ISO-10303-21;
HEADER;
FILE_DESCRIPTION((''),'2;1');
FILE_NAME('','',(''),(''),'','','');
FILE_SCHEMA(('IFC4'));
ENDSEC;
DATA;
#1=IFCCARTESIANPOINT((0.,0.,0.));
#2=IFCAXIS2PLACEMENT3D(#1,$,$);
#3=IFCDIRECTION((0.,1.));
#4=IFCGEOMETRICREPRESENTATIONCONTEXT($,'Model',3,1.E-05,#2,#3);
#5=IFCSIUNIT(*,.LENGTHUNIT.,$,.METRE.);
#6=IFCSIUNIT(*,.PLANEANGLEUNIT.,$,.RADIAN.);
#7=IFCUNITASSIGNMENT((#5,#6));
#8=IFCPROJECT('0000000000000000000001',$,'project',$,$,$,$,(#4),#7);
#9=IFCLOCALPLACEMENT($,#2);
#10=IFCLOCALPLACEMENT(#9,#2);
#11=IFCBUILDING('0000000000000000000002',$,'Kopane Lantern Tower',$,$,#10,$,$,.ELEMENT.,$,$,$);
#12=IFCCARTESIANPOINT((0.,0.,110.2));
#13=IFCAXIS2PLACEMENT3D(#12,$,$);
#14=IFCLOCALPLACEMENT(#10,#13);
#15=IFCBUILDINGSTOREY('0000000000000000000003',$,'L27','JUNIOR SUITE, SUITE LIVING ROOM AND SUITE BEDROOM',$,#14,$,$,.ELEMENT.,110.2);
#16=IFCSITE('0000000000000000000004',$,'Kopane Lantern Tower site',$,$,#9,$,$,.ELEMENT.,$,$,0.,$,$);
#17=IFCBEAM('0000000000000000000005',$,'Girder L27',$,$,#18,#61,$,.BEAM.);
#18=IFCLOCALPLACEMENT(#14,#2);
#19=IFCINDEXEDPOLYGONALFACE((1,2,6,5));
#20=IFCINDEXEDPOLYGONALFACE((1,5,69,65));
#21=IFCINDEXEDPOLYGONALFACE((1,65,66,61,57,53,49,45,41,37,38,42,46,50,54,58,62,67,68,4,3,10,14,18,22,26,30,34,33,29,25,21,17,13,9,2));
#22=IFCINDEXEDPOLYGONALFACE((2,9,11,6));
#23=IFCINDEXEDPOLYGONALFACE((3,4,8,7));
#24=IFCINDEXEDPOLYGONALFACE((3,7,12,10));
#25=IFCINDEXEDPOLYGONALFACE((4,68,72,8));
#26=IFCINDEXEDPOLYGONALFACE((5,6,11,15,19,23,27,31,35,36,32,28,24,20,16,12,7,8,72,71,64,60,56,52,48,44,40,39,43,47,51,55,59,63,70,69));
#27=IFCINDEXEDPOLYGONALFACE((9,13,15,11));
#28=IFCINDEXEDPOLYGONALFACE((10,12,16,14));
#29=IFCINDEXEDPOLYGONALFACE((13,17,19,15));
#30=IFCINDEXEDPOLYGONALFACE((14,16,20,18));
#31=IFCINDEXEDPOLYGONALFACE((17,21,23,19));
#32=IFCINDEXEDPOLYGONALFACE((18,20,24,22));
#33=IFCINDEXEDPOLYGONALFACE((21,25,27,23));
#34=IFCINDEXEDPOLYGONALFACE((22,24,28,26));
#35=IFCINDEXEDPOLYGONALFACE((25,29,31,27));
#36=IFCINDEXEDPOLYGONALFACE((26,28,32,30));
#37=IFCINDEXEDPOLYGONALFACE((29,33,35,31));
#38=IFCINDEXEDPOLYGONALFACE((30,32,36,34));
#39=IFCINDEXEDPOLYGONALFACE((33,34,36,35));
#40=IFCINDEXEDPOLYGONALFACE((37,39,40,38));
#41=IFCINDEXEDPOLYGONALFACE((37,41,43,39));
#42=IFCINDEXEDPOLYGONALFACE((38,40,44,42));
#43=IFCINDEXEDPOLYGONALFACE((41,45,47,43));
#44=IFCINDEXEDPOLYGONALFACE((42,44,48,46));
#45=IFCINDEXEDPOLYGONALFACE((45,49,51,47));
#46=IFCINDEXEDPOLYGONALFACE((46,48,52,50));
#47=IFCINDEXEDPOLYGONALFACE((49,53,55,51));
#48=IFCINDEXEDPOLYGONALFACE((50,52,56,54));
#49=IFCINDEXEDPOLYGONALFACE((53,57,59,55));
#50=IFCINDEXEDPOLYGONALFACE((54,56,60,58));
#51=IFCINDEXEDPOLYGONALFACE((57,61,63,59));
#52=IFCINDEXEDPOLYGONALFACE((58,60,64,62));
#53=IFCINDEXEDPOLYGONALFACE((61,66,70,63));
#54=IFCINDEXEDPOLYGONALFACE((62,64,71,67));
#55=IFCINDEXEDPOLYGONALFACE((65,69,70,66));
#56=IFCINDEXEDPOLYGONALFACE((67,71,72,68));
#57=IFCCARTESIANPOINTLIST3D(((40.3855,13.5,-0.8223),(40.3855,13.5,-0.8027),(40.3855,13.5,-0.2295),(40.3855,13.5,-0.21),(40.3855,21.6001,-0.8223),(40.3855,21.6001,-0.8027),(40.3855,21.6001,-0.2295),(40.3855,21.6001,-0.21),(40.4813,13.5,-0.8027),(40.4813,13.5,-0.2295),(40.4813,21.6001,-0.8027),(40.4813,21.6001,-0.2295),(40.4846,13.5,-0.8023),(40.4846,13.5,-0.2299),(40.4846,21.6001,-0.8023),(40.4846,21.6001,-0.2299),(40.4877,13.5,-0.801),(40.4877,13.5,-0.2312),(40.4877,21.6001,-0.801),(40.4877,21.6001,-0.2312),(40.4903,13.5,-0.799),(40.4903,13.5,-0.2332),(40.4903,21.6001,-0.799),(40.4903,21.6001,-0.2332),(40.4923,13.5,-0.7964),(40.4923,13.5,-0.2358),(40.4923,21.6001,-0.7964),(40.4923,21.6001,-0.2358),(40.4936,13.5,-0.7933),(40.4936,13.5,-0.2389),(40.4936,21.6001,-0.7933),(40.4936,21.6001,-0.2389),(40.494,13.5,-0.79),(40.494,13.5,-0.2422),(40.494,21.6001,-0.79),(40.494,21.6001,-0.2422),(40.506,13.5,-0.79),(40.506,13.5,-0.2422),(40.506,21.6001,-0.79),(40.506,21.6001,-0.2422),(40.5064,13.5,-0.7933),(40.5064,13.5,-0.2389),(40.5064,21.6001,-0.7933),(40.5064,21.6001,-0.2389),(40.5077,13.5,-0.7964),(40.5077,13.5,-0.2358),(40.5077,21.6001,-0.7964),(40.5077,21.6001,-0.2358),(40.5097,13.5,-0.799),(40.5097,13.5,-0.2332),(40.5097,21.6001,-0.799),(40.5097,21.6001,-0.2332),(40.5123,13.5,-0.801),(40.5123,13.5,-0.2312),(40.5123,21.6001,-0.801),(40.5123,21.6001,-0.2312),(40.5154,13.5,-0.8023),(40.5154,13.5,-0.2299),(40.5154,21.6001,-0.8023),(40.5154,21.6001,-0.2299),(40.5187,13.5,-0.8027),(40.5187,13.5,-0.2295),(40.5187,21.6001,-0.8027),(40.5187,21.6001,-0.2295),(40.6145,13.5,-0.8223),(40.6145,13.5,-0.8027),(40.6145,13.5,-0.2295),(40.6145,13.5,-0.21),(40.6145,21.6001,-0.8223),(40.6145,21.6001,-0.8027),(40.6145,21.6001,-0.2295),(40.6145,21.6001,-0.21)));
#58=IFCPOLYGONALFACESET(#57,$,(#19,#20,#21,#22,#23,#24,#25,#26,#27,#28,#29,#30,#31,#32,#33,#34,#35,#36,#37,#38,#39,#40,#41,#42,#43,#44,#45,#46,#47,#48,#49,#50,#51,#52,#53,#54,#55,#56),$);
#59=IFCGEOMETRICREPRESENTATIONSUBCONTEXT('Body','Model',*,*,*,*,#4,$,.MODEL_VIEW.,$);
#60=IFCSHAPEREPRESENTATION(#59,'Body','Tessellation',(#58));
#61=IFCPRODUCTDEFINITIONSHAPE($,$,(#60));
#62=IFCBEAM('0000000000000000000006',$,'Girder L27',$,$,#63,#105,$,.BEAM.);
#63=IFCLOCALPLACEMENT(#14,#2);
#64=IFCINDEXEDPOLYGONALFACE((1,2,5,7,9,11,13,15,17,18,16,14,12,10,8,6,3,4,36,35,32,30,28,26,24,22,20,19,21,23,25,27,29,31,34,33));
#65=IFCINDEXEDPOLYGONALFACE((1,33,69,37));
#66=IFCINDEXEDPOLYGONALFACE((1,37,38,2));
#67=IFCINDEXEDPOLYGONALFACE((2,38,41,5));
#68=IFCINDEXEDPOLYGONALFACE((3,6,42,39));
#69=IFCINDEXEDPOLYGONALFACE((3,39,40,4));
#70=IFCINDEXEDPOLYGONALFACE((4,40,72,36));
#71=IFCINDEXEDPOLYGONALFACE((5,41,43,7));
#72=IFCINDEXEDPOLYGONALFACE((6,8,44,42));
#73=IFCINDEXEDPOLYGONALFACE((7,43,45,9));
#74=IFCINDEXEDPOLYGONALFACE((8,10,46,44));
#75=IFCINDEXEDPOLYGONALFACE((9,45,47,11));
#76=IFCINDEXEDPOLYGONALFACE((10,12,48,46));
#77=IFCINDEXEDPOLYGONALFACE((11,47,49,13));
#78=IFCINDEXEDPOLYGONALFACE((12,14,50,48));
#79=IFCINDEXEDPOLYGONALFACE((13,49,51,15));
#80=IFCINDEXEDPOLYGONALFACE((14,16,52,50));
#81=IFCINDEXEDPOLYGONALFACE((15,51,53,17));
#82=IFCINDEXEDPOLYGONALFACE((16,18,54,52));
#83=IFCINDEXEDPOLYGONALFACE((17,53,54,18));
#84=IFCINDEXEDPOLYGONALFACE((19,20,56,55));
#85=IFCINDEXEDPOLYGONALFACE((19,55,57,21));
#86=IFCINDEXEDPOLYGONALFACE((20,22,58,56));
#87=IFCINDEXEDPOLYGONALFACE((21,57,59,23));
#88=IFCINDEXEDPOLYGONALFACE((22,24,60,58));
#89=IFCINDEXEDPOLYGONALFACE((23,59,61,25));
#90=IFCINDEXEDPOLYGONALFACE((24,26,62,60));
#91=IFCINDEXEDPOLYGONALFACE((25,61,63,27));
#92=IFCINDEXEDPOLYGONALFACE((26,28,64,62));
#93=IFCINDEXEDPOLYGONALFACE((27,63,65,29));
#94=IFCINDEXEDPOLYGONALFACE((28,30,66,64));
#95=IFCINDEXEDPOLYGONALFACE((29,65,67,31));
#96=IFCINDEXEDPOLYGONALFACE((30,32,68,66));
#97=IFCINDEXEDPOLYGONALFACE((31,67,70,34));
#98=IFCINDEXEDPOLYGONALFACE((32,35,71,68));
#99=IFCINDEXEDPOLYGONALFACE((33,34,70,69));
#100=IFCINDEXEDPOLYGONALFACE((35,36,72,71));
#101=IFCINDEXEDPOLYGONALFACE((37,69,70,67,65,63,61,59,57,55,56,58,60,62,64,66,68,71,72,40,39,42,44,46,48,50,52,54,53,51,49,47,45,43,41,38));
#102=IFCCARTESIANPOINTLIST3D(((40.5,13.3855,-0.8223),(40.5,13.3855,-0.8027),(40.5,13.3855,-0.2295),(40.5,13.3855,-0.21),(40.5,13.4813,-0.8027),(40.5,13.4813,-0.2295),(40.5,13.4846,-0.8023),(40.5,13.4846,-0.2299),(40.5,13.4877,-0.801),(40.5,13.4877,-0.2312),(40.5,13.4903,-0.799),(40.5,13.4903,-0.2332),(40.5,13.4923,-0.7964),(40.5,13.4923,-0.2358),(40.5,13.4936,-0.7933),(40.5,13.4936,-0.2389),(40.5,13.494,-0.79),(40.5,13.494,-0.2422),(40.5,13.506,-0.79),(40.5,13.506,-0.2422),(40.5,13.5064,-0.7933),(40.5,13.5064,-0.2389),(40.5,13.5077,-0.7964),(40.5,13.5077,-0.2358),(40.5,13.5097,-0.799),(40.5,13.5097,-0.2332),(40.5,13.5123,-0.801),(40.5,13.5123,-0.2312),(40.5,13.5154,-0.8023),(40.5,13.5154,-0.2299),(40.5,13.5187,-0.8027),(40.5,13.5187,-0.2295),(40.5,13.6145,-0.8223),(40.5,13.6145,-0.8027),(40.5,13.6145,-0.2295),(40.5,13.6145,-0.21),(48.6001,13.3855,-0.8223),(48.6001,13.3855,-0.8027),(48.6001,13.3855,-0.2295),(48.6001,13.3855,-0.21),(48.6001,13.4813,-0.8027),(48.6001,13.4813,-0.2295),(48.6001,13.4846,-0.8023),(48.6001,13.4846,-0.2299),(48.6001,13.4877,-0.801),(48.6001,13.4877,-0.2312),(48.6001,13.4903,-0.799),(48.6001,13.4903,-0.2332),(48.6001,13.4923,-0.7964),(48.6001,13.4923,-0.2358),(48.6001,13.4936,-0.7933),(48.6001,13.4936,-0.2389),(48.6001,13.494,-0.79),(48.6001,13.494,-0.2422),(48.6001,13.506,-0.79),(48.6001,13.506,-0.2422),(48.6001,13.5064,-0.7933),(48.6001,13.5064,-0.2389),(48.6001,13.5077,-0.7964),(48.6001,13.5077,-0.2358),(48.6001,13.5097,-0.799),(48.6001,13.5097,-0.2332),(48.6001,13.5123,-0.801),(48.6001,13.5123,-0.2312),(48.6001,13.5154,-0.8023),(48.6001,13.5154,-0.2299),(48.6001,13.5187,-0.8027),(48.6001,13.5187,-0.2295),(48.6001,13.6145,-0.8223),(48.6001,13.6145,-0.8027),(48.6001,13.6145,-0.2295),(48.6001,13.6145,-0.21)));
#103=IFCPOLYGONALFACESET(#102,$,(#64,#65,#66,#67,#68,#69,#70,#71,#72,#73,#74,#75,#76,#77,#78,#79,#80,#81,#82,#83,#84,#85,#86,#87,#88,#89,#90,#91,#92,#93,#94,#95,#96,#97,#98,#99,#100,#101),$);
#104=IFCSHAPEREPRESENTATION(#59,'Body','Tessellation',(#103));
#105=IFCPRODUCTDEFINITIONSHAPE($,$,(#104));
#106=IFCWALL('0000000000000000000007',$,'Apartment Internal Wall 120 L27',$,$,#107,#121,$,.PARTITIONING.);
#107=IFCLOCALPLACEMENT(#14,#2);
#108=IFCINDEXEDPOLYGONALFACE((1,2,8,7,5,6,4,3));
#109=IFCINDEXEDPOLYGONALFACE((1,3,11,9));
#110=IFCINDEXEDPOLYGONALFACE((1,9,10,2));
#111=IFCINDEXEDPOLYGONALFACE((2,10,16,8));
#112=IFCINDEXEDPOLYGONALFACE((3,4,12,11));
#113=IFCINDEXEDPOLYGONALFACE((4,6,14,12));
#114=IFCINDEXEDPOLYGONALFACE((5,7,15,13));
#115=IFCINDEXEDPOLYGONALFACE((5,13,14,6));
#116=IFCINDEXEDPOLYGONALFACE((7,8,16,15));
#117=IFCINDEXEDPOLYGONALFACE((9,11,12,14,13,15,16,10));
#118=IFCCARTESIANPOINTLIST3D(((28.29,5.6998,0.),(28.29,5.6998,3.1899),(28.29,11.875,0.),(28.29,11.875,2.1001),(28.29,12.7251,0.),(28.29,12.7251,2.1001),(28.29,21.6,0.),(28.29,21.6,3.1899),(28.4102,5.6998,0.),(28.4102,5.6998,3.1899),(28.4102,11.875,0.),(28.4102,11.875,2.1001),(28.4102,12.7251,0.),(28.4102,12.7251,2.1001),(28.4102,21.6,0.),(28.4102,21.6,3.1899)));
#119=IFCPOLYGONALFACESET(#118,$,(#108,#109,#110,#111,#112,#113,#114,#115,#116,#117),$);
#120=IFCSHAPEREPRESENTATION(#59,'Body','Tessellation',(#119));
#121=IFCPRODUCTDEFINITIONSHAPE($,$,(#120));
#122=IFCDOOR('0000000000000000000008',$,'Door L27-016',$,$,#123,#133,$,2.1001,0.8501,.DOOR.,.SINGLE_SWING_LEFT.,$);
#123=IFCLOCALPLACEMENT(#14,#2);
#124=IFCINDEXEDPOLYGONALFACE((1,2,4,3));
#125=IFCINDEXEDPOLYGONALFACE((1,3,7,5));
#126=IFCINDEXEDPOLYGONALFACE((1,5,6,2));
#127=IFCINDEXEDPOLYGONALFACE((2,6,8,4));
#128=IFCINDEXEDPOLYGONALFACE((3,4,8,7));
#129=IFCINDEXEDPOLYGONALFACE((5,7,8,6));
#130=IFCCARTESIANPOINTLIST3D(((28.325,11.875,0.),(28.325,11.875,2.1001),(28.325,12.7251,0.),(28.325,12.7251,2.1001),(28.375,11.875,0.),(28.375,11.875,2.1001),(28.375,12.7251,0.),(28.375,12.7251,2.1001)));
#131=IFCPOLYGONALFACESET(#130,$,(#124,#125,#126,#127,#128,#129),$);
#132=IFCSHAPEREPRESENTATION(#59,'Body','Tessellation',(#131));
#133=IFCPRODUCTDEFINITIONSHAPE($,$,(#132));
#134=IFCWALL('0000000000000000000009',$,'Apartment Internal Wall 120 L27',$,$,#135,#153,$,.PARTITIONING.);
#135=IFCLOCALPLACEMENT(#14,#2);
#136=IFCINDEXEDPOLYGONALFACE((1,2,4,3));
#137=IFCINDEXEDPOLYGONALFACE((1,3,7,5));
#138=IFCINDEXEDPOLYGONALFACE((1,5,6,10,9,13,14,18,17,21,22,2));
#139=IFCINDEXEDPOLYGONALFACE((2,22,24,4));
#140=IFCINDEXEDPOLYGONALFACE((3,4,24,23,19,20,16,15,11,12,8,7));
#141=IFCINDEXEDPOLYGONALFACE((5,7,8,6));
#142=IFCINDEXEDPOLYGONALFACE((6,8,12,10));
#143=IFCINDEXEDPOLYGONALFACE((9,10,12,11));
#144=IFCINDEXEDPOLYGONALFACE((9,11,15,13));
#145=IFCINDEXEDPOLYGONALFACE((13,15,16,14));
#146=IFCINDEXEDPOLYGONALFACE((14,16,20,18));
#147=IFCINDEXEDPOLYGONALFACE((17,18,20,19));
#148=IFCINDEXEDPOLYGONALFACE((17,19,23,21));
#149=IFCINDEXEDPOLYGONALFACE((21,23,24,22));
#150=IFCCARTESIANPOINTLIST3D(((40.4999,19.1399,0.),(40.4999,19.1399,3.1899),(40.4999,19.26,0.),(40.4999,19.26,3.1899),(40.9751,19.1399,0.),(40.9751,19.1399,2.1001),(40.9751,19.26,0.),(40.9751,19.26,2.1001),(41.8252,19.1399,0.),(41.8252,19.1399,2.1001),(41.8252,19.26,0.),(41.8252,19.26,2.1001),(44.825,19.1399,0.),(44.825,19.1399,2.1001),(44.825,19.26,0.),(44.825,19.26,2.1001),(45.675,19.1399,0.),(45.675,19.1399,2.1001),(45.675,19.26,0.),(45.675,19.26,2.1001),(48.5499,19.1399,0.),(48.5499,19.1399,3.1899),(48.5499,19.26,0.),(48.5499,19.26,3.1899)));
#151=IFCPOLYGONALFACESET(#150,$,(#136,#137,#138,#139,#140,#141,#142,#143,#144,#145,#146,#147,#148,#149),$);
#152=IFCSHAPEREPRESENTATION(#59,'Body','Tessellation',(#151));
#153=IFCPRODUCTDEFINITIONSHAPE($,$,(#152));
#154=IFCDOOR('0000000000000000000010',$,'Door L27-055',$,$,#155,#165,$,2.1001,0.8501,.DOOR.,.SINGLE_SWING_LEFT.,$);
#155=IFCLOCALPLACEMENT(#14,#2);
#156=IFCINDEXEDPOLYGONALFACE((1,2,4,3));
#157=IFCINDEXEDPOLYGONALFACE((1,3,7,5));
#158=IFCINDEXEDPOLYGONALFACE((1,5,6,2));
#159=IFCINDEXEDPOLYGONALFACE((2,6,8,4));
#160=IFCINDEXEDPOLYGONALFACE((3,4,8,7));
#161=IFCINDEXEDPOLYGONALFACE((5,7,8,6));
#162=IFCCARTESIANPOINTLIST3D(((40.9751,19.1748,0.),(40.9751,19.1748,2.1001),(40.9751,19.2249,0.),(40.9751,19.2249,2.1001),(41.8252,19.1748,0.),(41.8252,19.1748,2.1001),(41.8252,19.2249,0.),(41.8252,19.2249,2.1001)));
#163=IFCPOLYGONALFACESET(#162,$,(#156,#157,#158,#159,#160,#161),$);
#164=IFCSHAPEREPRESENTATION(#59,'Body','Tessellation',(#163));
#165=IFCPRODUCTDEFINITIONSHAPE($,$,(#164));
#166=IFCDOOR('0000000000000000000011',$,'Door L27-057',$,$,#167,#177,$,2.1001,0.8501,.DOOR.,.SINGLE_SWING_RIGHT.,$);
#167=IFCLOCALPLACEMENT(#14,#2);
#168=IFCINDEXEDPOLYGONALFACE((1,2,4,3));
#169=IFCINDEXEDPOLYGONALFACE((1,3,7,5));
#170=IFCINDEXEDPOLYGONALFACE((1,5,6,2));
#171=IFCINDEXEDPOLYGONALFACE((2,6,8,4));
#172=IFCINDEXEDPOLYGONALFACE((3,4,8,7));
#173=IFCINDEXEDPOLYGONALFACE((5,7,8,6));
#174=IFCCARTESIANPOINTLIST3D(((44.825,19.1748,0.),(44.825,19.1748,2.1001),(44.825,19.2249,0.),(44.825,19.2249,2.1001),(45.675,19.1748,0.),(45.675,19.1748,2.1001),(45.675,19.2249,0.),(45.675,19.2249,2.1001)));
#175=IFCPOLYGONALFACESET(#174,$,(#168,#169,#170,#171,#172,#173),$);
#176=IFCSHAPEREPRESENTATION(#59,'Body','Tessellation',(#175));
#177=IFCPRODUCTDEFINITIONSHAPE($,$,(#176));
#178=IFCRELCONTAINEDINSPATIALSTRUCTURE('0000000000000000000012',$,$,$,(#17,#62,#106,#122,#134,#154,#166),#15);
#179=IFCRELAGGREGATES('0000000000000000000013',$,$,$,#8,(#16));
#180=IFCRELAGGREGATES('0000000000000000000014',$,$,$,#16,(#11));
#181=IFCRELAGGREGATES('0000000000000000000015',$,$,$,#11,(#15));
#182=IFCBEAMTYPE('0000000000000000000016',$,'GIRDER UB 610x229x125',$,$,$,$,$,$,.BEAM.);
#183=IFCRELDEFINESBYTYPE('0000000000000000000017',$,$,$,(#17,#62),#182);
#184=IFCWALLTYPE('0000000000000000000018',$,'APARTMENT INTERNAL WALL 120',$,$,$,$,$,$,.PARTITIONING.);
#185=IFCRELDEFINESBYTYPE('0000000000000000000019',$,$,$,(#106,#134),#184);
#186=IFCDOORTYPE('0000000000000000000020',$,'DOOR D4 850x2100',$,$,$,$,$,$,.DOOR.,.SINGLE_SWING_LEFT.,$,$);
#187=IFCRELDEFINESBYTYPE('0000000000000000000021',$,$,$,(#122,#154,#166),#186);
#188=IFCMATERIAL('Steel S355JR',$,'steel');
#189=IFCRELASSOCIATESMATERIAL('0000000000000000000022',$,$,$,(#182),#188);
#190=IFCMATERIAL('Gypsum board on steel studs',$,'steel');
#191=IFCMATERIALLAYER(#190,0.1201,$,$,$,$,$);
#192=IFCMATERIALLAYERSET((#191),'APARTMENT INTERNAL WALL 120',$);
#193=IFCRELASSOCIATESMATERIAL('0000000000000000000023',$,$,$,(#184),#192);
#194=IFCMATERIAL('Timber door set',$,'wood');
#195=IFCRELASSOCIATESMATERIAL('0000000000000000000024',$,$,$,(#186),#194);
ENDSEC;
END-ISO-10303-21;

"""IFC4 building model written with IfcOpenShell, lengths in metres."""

from ifc_helpers import new_model, si_unit, direction, frame, frame_2d, origin, origin_2d, place, context, subcontext, project, spatial, rectangle, i_section, extrude, material, layer, layer_set, material_profile, profile_set, type_object, element, fill, save


model = new_model("IFC4")

# Units and contexts
model_context = context("Model", 3, precision=1e-05, world=origin(), true_north=direction((0.0, 1.0)))
body_context = subcontext(model_context, "Body", "Model", "MODEL_VIEW")
ifc_project = project(units=[si_unit("LENGTHUNIT", "METRE"), si_unit("PLANEANGLEUNIT", "RADIAN")], contexts=[model_context])

# Site, building, storey
site_placement = place(None, origin())
site = spatial("IfcSite", under=ifc_project, at=site_placement, Name="Kopane Lantern Tower site", CompositionType="ELEMENT", RefElevation=0.0)
building_placement = place(site_placement, origin())
building = spatial("IfcBuilding", under=site, at=building_placement, Name="Kopane Lantern Tower", CompositionType="ELEMENT")
storey_placement = place(building_placement, frame((0.0, 0.0, 110.2)))
storey = spatial("IfcBuildingStorey", under=building, at=storey_placement, Name="L27", Description="JUNIOR SUITE, SUITE LIVING ROOM AND SUITE BEDROOM", CompositionType="ELEMENT", Elevation=110.2)

# Beams
ifc_material_1 = material(Name="Steel S355JR", Category="steel")
ifc_material_profile_1 = material_profile(ifc_material_1, i_section(OverallWidth=0.229, OverallDepth=0.6123, WebThickness=0.012, FlangeThickness=0.0195, FilletRadius=0.0127, at=origin_2d()), Name="UB 610x229x125")
ifc_profile_set_1 = profile_set([ifc_material_profile_1], Name="Steel S355JR")
beam_type = type_object("IfcBeamType", Name="GIRDER UB 610x229x125", PredefinedType="BEAM", material=ifc_profile_set_1)
for number, where, z_axis, x_axis, name in (
    (1, (40.5, 13.5, -0.5161), (0.0, 1.0, 0.0), (-1.0, 0.0, 0.0), "Girder L27"),
    (2, (40.5, 13.5, -0.5161), (1.0, 0.0, 0.0), (0.0, 1.0, 0.0), "Girder L27"),
):
    element("IfcBeam", number, at=place(storey_placement, frame(where, z_axis=z_axis, x_axis=x_axis)), inside=storey, type_object=beam_type, Name=name, PredefinedType="BEAM", context=body_context, shape_type="SweptSolid", body=[
        extrude(i_section(OverallWidth=0.229, OverallDepth=0.6123, WebThickness=0.012, FlangeThickness=0.0195, FilletRadius=0.0127, at=origin_2d()), origin(), (0.0, 0.0, 1.0), 8.1001),
    ])

# Wall, opening, door
ifc_material_2 = material(Name="Gypsum board on steel studs", Category="steel")
ifc_layer_1 = layer(ifc_material_2, 0.1201)
ifc_layer_set_1 = layer_set([ifc_layer_1], Name="APARTMENT INTERNAL WALL 120")
wall_type_1 = type_object("IfcWallType", Name="APARTMENT INTERNAL WALL 120", PredefinedType="PARTITIONING", material=ifc_layer_set_1)
wall_1_placement = place(storey_placement, frame((28.3501, 21.6001, 0.0), z_axis=(0.0, 0.0, 1.0), x_axis=(0.0, -1.0, 0.0)))
wall_1 = element("IfcWall", 3, at=wall_1_placement, inside=storey, type_object=wall_type_1, Name="Apartment Internal Wall 120 L27", PredefinedType="PARTITIONING", context=body_context, shape_type="SweptSolid", body=[
    extrude(rectangle(XDim=15.9001, YDim=0.1201, at=frame_2d((7.9502, 0.0))), origin(), (0.0, 0.0, 1.0), 3.1899),
])
opening_1_placement = place(wall_1_placement, frame((8.875, 0.0, 0.0)))
opening_1 = element("IfcOpeningElement", 4, at=opening_1_placement, cuts=wall_1, PredefinedType="OPENING", context=body_context, shape_type="SweptSolid", body=[
    extrude(rectangle(XDim=0.8501, YDim=2.1001, at=frame_2d((0.425, 1.05))), frame((0.0, 0.0701, 0.0), z_axis=(0.0, -1.0, 0.0), x_axis=(1.0, 0.0, 0.0)), (0.0, 0.0, 1.0), 0.1401),
])
ifc_material_3 = material(Name="Timber door set", Category="wood")
door_type_1 = type_object("IfcDoorType", Name="DOOR D4 850x2100", OperationType="SINGLE_SWING_LEFT", PredefinedType="DOOR", material=ifc_material_3)
door_1_placement = place(opening_1_placement, origin())
door_1 = element("IfcDoor", 5, at=door_1_placement, inside=storey, type_object=door_type_1, Name="Door L27-016", OperationType="SINGLE_SWING_LEFT", OverallHeight=2.1001, OverallWidth=0.8501, PredefinedType="DOOR", context=body_context, shape_type="SweptSolid", body=[
    extrude(rectangle(XDim=0.8501, YDim=2.1001, at=frame_2d((0.425, 1.05))), frame((0.0, 0.0249, 0.0), z_axis=(0.0, -1.0, 0.0), x_axis=(1.0, 0.0, 0.0)), (0.0, 0.0, 1.0), 0.05),
])
fill(opening_1, door_1)

# Wall, openings, doors
wall_2_placement = place(storey_placement, frame((40.5, 19.2, 0.0), z_axis=(0.0, 0.0, 1.0), x_axis=(1.0, 0.0, 0.0)))
wall_2 = element("IfcWall", 6, at=wall_2_placement, inside=storey, type_object=wall_type_1, Name="Apartment Internal Wall 120 L27", PredefinedType="PARTITIONING", context=body_context, shape_type="SweptSolid", body=[
    extrude(rectangle(XDim=8.05, YDim=0.1201, at=frame_2d((4.0249, 0.0))), origin(), (0.0, 0.0, 1.0), 3.1899),
])
opening_2_placement = place(wall_2_placement, frame((0.4751, 0.0, 0.0)))
opening_2 = element("IfcOpeningElement", 7, at=opening_2_placement, cuts=wall_2, PredefinedType="OPENING", context=body_context, shape_type="SweptSolid", body=[
    extrude(rectangle(XDim=0.8501, YDim=2.1001, at=frame_2d((0.425, 1.05))), frame((0.0, 0.0701, 0.0), z_axis=(0.0, -1.0, 0.0), x_axis=(1.0, 0.0, 0.0)), (0.0, 0.0, 1.0), 0.1401),
])
opening_3_placement = place(wall_2_placement, frame((4.325, 0.0, 0.0)))
opening_3 = element("IfcOpeningElement", 8, at=opening_3_placement, cuts=wall_2, PredefinedType="OPENING", context=body_context, shape_type="SweptSolid", body=[
    extrude(rectangle(XDim=0.8501, YDim=2.1001, at=frame_2d((0.425, 1.05))), frame((0.0, 0.0701, 0.0), z_axis=(0.0, -1.0, 0.0), x_axis=(1.0, 0.0, 0.0)), (0.0, 0.0, 1.0), 0.1401),
])
door_2_placement = place(opening_2_placement, origin())
door_2 = element("IfcDoor", 9, at=door_2_placement, inside=storey, type_object=door_type_1, Name="Door L27-055", OperationType="SINGLE_SWING_LEFT", OverallHeight=2.1001, OverallWidth=0.8501, PredefinedType="DOOR", context=body_context, shape_type="SweptSolid", body=[
    extrude(rectangle(XDim=0.8501, YDim=2.1001, at=frame_2d((0.425, 1.05))), frame((0.0, 0.0249, 0.0), z_axis=(0.0, -1.0, 0.0), x_axis=(1.0, 0.0, 0.0)), (0.0, 0.0, 1.0), 0.05),
])
fill(opening_2, door_2)
door_3_placement = place(opening_3_placement, origin())
door_3 = element("IfcDoor", 10, at=door_3_placement, inside=storey, type_object=door_type_1, Name="Door L27-057", OperationType="SINGLE_SWING_RIGHT", OverallHeight=2.1001, OverallWidth=0.8501, PredefinedType="DOOR", context=body_context, shape_type="SweptSolid", body=[
    extrude(rectangle(XDim=0.8501, YDim=2.1001, at=frame_2d((0.425, 1.05))), frame((0.0, 0.0249, 0.0), z_axis=(0.0, -1.0, 0.0), x_axis=(1.0, 0.0, 0.0)), (0.0, 0.0, 1.0), 0.05),
])
fill(opening_3, door_3)

save(model, "model.ifc")
